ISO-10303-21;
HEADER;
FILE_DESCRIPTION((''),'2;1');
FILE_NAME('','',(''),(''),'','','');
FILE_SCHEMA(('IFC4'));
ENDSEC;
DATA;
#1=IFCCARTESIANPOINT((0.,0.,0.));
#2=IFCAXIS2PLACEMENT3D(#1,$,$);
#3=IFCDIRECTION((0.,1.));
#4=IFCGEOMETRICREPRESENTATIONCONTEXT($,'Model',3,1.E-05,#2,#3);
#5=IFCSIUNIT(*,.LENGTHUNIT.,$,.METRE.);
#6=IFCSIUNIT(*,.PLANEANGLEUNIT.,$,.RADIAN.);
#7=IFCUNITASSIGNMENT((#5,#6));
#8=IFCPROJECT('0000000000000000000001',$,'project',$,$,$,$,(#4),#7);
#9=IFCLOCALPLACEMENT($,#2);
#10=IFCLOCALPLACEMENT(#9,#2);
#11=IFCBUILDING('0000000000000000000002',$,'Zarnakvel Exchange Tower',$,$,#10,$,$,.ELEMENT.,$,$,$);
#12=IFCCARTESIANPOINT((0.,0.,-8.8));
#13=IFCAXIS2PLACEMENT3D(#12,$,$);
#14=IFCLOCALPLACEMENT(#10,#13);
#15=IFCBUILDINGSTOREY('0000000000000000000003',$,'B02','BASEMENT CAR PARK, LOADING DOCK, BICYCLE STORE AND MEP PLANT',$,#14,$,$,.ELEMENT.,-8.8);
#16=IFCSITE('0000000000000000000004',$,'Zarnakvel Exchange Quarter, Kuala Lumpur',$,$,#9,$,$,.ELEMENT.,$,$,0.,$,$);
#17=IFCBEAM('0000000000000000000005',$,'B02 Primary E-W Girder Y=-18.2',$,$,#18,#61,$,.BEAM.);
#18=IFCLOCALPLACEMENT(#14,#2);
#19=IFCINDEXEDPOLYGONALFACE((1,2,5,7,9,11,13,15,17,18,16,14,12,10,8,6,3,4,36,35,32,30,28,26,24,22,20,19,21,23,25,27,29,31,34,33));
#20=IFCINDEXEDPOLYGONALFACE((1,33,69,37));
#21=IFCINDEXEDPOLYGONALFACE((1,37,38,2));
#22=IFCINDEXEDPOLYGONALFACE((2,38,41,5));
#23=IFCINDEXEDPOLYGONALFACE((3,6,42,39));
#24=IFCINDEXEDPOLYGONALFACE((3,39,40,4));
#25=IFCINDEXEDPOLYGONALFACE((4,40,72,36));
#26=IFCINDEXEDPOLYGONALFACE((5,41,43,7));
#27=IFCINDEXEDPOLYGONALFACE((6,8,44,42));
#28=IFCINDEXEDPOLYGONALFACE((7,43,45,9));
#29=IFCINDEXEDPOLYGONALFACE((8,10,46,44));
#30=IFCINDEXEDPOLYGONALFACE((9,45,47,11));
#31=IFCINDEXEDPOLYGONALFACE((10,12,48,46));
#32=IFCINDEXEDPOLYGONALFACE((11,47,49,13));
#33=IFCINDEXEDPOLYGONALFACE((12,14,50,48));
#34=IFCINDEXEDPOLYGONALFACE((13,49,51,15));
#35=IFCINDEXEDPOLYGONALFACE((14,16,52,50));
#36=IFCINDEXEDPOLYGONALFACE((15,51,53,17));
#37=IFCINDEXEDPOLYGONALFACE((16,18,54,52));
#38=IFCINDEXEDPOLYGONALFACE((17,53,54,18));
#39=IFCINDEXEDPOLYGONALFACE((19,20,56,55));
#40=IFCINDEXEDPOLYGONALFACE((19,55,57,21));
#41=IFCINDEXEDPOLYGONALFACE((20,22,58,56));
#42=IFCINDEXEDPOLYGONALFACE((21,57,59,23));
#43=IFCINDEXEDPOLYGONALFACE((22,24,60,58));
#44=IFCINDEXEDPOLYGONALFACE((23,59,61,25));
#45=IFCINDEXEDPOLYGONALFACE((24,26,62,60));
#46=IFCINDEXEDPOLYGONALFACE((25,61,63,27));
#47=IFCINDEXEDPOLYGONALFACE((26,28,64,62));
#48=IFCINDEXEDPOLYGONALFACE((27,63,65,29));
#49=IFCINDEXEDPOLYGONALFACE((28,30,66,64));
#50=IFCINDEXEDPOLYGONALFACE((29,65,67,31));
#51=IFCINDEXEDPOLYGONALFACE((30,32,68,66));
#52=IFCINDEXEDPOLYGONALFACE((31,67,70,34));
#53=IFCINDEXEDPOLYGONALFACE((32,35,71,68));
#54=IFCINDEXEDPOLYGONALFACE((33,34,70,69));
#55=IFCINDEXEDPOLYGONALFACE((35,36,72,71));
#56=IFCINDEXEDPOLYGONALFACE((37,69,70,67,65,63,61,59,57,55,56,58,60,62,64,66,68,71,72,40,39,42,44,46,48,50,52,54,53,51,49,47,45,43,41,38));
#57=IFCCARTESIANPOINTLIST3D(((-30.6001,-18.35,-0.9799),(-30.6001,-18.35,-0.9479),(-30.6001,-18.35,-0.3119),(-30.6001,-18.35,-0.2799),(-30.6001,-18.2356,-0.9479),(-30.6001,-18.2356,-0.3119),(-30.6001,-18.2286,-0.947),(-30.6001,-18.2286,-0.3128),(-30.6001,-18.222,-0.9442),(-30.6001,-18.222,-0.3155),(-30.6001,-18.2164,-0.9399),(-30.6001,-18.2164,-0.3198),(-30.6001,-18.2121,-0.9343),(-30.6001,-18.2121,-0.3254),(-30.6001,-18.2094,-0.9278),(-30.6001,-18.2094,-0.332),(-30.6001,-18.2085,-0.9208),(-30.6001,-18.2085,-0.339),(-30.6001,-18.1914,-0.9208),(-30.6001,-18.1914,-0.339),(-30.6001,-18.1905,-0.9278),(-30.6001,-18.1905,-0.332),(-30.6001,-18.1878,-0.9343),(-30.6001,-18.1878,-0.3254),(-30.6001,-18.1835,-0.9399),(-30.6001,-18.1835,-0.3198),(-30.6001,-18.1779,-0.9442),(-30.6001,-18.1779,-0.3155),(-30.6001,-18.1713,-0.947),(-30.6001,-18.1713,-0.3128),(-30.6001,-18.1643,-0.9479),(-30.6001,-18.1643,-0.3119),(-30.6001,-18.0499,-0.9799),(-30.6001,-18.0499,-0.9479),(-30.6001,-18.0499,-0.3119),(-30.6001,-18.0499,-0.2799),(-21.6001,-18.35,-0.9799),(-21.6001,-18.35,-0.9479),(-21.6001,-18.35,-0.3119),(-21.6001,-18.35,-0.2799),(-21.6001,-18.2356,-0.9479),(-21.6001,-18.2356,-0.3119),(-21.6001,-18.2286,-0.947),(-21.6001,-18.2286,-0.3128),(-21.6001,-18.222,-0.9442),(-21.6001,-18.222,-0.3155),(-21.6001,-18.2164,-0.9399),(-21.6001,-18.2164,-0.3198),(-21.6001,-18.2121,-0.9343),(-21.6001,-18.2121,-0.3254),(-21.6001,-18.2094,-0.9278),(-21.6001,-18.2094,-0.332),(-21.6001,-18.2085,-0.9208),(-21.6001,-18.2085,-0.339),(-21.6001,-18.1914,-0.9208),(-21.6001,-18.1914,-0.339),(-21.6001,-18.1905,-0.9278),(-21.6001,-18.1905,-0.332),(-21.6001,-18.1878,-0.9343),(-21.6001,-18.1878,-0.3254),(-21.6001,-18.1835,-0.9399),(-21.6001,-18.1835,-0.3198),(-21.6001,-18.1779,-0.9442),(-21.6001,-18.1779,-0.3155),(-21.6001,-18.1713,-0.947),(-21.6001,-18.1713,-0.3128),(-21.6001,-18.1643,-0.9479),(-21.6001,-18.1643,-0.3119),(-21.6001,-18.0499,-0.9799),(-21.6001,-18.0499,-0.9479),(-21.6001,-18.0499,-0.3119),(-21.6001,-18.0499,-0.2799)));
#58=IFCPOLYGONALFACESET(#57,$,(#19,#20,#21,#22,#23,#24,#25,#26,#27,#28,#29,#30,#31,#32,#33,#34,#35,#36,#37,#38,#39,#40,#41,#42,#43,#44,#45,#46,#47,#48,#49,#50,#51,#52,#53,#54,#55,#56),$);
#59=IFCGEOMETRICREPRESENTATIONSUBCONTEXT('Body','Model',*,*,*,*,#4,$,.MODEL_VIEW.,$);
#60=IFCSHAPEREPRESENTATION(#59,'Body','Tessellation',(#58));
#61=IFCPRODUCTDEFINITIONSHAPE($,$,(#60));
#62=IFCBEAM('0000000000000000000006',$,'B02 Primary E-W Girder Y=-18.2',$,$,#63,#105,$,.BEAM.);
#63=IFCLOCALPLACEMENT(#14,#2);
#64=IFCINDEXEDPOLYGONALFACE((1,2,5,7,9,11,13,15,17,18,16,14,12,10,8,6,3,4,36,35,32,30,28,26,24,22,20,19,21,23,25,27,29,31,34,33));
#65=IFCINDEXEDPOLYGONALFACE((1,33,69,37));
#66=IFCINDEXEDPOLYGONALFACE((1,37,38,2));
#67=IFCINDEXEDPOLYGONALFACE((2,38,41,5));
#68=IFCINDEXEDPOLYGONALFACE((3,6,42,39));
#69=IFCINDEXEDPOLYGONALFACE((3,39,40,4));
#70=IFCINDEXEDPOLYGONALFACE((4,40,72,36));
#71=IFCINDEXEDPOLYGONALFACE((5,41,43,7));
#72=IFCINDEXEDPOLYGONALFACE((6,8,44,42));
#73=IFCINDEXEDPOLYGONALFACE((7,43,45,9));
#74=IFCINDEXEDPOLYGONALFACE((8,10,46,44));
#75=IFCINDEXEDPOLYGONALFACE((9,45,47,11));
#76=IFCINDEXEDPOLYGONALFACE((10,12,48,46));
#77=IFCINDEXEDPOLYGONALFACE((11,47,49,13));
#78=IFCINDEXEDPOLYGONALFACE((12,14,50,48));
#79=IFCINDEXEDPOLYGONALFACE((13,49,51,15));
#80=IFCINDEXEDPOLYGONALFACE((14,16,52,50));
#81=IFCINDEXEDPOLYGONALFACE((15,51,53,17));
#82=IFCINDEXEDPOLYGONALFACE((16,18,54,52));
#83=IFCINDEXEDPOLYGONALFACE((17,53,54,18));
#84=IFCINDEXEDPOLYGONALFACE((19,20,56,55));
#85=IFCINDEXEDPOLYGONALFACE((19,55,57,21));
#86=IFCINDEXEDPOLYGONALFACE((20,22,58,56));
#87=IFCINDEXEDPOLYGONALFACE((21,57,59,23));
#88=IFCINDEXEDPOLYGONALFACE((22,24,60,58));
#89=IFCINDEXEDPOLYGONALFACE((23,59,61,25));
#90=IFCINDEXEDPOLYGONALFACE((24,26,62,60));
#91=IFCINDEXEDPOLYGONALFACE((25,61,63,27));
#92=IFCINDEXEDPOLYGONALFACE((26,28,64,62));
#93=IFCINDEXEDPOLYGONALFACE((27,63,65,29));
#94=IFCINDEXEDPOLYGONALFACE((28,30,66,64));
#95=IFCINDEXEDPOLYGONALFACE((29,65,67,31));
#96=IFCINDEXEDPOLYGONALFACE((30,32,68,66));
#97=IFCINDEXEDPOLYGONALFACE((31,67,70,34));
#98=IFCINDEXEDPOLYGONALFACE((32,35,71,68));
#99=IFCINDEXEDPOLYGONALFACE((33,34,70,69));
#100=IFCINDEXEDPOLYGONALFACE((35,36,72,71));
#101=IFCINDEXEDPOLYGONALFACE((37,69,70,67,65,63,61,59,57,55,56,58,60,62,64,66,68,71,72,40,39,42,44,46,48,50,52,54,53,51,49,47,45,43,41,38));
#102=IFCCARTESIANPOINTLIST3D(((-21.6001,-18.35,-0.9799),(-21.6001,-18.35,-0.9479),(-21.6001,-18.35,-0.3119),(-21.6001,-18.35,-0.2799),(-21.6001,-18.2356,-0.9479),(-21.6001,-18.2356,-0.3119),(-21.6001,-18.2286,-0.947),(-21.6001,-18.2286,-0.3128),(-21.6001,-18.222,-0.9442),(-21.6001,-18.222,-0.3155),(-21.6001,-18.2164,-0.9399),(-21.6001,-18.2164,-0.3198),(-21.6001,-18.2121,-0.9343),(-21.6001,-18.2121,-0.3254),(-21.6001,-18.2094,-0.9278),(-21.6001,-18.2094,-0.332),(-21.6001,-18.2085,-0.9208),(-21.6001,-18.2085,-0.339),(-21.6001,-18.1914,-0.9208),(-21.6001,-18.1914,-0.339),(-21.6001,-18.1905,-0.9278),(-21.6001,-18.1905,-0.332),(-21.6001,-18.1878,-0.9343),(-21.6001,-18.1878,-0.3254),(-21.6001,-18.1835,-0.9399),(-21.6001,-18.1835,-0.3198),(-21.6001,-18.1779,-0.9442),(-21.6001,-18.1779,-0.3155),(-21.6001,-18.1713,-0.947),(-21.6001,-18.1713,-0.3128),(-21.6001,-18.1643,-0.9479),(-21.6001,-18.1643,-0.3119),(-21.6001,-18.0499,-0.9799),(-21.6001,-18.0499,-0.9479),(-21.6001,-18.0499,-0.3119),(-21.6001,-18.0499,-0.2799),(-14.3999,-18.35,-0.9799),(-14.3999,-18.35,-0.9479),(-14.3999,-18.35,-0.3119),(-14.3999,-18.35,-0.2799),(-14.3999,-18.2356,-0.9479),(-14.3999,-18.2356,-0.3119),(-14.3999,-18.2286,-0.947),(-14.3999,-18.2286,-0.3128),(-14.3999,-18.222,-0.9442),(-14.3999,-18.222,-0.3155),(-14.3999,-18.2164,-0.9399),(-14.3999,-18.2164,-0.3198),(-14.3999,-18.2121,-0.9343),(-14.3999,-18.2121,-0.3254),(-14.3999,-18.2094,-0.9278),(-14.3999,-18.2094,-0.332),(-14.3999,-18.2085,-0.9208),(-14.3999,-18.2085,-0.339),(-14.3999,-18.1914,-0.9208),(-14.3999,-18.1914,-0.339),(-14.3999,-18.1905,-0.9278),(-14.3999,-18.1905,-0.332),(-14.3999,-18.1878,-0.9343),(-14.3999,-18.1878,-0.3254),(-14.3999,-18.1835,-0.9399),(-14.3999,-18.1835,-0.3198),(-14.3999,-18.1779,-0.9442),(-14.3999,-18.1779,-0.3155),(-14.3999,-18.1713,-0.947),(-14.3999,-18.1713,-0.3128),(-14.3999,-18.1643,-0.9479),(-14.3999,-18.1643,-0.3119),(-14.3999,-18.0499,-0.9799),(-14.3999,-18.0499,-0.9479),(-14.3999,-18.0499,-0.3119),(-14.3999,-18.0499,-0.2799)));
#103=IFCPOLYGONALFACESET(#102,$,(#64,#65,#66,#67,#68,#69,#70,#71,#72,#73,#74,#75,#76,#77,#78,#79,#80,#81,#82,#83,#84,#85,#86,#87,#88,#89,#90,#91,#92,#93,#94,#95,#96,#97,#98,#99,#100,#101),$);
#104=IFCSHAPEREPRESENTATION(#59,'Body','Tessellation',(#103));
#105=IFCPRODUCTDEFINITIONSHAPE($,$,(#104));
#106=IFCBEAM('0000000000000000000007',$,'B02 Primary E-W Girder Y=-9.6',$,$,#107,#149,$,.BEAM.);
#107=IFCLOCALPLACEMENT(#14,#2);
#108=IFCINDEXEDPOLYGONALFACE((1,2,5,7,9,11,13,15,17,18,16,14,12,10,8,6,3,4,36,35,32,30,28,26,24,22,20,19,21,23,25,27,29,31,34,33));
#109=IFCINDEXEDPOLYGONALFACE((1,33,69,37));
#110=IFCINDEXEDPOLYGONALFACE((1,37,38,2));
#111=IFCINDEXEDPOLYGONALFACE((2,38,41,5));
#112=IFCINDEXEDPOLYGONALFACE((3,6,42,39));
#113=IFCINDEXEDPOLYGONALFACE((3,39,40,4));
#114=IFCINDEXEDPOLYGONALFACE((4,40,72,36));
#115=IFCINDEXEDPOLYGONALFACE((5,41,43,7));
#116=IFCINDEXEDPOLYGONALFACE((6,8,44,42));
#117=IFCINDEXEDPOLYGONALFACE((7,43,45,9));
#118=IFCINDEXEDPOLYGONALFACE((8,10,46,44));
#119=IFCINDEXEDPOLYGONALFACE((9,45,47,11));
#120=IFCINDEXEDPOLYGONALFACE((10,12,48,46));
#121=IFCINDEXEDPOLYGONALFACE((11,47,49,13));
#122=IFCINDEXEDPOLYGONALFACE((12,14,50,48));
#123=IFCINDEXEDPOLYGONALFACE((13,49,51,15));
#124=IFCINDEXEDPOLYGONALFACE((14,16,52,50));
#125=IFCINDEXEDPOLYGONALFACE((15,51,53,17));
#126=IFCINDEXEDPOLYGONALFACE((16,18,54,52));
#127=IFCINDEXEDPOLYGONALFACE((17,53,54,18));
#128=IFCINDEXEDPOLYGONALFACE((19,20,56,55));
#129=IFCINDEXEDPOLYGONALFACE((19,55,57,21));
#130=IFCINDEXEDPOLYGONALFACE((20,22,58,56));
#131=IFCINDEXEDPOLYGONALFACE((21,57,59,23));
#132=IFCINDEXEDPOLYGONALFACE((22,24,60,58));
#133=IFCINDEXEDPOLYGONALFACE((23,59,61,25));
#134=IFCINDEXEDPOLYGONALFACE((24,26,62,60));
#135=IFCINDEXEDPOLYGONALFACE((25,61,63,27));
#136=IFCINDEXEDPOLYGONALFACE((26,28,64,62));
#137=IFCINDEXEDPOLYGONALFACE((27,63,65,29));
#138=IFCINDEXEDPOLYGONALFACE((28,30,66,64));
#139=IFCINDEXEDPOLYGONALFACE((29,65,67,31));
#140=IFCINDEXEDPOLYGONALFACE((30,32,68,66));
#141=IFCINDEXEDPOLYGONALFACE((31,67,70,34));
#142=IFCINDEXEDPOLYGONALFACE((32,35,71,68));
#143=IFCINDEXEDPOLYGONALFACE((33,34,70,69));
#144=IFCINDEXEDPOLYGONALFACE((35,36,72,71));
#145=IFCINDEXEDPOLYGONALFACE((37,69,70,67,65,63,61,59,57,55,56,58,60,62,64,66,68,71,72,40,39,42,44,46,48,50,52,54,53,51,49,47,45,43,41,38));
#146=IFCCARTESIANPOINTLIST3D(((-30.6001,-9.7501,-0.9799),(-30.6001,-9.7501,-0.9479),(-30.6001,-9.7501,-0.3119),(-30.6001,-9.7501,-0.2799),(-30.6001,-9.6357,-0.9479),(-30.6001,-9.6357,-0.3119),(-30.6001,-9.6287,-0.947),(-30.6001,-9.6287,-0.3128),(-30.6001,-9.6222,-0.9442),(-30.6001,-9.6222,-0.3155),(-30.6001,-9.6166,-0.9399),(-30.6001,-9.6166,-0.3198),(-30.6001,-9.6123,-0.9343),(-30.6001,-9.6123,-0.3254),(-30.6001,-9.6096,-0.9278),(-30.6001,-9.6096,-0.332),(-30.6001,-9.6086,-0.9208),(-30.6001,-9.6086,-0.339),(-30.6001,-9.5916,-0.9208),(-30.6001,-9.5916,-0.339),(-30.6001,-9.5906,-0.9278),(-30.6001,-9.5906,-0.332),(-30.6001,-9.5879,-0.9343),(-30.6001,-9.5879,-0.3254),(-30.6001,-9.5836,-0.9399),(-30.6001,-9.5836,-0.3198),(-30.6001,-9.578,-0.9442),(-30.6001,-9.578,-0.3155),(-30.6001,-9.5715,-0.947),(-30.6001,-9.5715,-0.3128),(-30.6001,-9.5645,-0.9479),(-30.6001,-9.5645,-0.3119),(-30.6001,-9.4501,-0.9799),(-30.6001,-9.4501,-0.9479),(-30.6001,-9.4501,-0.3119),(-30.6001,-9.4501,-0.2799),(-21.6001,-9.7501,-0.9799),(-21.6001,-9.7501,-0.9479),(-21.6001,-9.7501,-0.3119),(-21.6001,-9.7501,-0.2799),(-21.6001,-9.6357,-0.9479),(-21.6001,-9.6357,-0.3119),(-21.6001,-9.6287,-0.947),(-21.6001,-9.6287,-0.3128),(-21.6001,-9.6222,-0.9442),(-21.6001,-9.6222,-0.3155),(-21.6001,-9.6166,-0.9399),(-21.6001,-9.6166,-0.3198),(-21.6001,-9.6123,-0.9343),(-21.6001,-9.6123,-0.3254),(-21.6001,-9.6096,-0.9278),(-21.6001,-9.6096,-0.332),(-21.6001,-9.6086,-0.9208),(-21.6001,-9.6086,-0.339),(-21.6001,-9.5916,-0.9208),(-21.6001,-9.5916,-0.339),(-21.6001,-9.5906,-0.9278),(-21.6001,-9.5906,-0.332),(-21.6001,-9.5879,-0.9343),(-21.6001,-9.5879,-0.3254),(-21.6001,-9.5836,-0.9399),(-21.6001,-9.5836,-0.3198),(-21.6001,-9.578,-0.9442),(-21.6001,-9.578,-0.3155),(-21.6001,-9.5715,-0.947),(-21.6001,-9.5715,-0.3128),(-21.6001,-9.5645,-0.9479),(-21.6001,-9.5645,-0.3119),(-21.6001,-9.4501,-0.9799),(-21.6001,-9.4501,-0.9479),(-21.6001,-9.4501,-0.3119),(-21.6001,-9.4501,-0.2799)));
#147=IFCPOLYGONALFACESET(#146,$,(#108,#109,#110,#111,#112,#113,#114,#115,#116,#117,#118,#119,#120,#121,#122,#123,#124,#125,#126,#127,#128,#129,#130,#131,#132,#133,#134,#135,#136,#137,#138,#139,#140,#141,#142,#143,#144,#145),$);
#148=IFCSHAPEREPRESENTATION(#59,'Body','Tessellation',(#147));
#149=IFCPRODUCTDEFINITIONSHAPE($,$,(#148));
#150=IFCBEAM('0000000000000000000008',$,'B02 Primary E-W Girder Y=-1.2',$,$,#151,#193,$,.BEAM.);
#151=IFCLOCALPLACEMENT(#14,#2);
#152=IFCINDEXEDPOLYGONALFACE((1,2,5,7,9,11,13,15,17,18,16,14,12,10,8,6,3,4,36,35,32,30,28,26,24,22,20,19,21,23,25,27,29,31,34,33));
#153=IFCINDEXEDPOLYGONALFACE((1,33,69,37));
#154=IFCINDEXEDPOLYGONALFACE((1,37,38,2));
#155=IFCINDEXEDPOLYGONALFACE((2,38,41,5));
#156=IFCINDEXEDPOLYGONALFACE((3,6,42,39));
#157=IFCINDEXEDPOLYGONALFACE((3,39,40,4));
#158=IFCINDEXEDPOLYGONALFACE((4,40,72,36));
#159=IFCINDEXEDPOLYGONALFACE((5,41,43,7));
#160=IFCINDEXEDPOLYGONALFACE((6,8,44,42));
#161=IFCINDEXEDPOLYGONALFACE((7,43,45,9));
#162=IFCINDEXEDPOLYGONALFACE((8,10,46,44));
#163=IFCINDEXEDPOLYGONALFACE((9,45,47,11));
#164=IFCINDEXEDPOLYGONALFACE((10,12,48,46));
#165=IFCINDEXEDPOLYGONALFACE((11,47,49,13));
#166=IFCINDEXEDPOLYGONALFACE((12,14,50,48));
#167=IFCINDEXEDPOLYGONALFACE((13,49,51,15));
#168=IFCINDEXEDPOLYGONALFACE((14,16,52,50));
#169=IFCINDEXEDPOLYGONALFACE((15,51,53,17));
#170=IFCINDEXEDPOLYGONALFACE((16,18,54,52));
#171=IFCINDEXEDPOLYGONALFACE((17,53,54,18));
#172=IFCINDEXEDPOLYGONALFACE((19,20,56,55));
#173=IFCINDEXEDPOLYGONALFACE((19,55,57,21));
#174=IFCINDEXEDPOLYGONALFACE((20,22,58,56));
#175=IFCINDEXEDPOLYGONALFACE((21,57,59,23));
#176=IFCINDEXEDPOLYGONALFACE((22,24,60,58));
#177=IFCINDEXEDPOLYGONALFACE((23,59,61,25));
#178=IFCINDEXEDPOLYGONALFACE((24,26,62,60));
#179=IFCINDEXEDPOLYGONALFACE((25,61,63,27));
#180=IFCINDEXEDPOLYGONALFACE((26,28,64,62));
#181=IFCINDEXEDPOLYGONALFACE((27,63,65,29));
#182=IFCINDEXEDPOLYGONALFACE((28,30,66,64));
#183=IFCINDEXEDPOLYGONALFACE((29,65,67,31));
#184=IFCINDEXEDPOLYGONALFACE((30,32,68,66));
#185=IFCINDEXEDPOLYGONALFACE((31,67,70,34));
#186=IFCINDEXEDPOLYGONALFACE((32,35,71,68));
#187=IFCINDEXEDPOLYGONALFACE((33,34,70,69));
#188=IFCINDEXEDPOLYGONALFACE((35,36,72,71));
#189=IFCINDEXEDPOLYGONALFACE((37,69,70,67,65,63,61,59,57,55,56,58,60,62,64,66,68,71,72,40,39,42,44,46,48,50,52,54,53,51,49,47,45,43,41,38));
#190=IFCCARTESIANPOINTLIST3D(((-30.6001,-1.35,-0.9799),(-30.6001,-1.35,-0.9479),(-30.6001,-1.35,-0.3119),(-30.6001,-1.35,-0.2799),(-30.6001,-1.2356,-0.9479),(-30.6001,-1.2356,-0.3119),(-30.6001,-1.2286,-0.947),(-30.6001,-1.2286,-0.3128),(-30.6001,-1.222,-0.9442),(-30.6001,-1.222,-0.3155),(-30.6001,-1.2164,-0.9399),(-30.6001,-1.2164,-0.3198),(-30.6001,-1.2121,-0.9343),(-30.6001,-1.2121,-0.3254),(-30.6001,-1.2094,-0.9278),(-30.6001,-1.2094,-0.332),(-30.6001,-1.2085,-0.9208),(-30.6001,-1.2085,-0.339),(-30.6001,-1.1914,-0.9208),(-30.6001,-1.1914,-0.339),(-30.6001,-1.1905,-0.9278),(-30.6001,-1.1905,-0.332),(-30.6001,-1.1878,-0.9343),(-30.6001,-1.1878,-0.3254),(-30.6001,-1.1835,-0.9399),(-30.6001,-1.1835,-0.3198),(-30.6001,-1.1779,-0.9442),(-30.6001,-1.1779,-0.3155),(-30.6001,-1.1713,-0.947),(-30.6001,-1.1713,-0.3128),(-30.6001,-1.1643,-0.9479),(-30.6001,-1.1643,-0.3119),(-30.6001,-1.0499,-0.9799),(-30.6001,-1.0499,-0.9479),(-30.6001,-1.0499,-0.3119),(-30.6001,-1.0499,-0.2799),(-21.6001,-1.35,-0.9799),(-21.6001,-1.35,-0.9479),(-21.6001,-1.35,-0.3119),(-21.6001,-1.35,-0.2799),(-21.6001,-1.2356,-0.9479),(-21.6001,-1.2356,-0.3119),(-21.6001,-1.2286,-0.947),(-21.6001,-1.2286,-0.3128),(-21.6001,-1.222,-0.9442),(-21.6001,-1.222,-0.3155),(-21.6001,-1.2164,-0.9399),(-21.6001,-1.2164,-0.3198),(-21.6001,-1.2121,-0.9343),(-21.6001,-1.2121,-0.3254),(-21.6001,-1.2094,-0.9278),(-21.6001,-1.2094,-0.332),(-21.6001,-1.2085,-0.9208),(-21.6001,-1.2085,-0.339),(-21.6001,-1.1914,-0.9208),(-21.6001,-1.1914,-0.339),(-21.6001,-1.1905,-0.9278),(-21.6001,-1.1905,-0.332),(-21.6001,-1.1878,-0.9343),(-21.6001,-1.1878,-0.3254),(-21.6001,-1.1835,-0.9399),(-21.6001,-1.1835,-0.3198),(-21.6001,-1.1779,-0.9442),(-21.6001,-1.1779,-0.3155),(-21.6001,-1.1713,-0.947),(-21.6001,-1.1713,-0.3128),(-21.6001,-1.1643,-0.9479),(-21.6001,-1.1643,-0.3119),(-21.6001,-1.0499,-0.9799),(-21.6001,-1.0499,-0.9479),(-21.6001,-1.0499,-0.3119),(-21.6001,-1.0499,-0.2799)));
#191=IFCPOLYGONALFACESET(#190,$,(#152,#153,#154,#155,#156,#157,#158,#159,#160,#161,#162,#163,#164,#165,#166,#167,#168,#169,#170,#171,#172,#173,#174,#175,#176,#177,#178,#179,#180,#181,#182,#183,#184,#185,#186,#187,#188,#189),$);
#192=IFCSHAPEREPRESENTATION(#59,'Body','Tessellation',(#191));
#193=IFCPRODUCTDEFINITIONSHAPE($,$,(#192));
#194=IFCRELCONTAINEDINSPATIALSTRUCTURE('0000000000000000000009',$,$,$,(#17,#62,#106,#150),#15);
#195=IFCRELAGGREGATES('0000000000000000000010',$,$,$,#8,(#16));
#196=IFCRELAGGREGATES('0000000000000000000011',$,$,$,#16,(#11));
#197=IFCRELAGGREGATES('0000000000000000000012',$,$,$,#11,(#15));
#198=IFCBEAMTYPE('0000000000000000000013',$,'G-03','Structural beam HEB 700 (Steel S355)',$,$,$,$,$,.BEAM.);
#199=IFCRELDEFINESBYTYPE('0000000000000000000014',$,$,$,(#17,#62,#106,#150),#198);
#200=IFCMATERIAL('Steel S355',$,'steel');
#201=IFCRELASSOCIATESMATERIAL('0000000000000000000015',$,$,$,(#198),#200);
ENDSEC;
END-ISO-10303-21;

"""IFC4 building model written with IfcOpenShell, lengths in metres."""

from ifc_helpers import new_model, si_unit, direction, frame, origin, origin_2d, place, context, subcontext, project, spatial, i_section, extrude, material, material_profile, profile_set, type_object, element, save


model = new_model("IFC4")

# Units and contexts
model_context = context("Model", 3, precision=1e-05, world=origin(), true_north=direction((0.0, 1.0)))
body_context = subcontext(model_context, "Body", "Model", "MODEL_VIEW")
ifc_project = project(units=[si_unit("LENGTHUNIT", "METRE"), si_unit("PLANEANGLEUNIT", "RADIAN")], contexts=[model_context])

# Site, building, storey
site_placement = place(None, origin())
site = spatial("IfcSite", under=ifc_project, at=site_placement, Name="Zarnakvel Exchange Quarter, Kuala Lumpur", CompositionType="ELEMENT", RefElevation=0.0)
building_placement = place(site_placement, origin())
building = spatial("IfcBuilding", under=site, at=building_placement, Name="Zarnakvel Exchange Tower", CompositionType="ELEMENT")
storey_placement = place(building_placement, frame((0.0, 0.0, -8.8)))
storey = spatial("IfcBuildingStorey", under=building, at=storey_placement, Name="B02", Description="BASEMENT CAR PARK, LOADING DOCK, BICYCLE STORE AND MEP PLANT", CompositionType="ELEMENT", Elevation=-8.8)

# Beams
ifc_material_1 = material(Name="Steel S355", Category="steel")
ifc_material_profile_1 = material_profile(ifc_material_1, i_section(OverallWidth=0.3, OverallDepth=0.7, WebThickness=0.0171, FlangeThickness=0.032, FilletRadius=0.0271, at=origin_2d()))
ifc_profile_set_1 = profile_set([ifc_material_profile_1], Name="Steel S355")
beam_type_1 = type_object("IfcBeamType", Name="G-03", Description="Structural beam HEB 700 (Steel S355)", PredefinedType="BEAM", material=ifc_profile_set_1)
beam_1_placement = place(storey_placement, frame((-30.6001, -18.2, -0.6299), z_axis=(1.0, 0.0, 0.0), x_axis=(0.0, 1.0, 0.0)))
element("IfcBeam", 1, at=beam_1_placement, inside=storey, type_object=beam_type_1, Name="B02 Primary E-W Girder Y=-18.2", PredefinedType="BEAM", context=body_context, shape_type="SweptSolid", body=[
    extrude(i_section(OverallWidth=0.3, OverallDepth=0.7, WebThickness=0.0171, FlangeThickness=0.032, FilletRadius=0.0271, at=origin_2d()), origin(), (0.0, 0.0, 1.0), 9.0),
])
beam_2_placement = place(storey_placement, frame((-21.6001, -18.2, -0.6299), z_axis=(1.0, 0.0, 0.0), x_axis=(0.0, 1.0, 0.0)))
element("IfcBeam", 2, at=beam_2_placement, inside=storey, type_object=beam_type_1, Name="B02 Primary E-W Girder Y=-18.2", PredefinedType="BEAM", context=body_context, shape_type="SweptSolid", body=[
    extrude(i_section(OverallWidth=0.3, OverallDepth=0.7, WebThickness=0.0171, FlangeThickness=0.032, FilletRadius=0.0271, at=origin_2d()), origin(), (0.0, 0.0, 1.0), 7.2002),
])
for number, where, z_axis, x_axis, name in (
    (3, (-30.6001, -9.6001, -0.6299), (1.0, 0.0, 0.0), (0.0, 1.0, 0.0), "B02 Primary E-W Girder Y=-9.6"),
    (4, (-30.6001, -1.2, -0.6299), (1.0, 0.0, 0.0), (0.0, 1.0, 0.0), "B02 Primary E-W Girder Y=-1.2"),
):
    element("IfcBeam", number, at=place(storey_placement, frame(where, z_axis=z_axis, x_axis=x_axis)), inside=storey, type_object=beam_type_1, Name=name, PredefinedType="BEAM", context=body_context, shape_type="SweptSolid", body=[
        extrude(i_section(OverallWidth=0.3, OverallDepth=0.7, WebThickness=0.0171, FlangeThickness=0.032, FilletRadius=0.0271, at=origin_2d()), origin(), (0.0, 0.0, 1.0), 9.0),
    ])

save(model, "model.ifc")
